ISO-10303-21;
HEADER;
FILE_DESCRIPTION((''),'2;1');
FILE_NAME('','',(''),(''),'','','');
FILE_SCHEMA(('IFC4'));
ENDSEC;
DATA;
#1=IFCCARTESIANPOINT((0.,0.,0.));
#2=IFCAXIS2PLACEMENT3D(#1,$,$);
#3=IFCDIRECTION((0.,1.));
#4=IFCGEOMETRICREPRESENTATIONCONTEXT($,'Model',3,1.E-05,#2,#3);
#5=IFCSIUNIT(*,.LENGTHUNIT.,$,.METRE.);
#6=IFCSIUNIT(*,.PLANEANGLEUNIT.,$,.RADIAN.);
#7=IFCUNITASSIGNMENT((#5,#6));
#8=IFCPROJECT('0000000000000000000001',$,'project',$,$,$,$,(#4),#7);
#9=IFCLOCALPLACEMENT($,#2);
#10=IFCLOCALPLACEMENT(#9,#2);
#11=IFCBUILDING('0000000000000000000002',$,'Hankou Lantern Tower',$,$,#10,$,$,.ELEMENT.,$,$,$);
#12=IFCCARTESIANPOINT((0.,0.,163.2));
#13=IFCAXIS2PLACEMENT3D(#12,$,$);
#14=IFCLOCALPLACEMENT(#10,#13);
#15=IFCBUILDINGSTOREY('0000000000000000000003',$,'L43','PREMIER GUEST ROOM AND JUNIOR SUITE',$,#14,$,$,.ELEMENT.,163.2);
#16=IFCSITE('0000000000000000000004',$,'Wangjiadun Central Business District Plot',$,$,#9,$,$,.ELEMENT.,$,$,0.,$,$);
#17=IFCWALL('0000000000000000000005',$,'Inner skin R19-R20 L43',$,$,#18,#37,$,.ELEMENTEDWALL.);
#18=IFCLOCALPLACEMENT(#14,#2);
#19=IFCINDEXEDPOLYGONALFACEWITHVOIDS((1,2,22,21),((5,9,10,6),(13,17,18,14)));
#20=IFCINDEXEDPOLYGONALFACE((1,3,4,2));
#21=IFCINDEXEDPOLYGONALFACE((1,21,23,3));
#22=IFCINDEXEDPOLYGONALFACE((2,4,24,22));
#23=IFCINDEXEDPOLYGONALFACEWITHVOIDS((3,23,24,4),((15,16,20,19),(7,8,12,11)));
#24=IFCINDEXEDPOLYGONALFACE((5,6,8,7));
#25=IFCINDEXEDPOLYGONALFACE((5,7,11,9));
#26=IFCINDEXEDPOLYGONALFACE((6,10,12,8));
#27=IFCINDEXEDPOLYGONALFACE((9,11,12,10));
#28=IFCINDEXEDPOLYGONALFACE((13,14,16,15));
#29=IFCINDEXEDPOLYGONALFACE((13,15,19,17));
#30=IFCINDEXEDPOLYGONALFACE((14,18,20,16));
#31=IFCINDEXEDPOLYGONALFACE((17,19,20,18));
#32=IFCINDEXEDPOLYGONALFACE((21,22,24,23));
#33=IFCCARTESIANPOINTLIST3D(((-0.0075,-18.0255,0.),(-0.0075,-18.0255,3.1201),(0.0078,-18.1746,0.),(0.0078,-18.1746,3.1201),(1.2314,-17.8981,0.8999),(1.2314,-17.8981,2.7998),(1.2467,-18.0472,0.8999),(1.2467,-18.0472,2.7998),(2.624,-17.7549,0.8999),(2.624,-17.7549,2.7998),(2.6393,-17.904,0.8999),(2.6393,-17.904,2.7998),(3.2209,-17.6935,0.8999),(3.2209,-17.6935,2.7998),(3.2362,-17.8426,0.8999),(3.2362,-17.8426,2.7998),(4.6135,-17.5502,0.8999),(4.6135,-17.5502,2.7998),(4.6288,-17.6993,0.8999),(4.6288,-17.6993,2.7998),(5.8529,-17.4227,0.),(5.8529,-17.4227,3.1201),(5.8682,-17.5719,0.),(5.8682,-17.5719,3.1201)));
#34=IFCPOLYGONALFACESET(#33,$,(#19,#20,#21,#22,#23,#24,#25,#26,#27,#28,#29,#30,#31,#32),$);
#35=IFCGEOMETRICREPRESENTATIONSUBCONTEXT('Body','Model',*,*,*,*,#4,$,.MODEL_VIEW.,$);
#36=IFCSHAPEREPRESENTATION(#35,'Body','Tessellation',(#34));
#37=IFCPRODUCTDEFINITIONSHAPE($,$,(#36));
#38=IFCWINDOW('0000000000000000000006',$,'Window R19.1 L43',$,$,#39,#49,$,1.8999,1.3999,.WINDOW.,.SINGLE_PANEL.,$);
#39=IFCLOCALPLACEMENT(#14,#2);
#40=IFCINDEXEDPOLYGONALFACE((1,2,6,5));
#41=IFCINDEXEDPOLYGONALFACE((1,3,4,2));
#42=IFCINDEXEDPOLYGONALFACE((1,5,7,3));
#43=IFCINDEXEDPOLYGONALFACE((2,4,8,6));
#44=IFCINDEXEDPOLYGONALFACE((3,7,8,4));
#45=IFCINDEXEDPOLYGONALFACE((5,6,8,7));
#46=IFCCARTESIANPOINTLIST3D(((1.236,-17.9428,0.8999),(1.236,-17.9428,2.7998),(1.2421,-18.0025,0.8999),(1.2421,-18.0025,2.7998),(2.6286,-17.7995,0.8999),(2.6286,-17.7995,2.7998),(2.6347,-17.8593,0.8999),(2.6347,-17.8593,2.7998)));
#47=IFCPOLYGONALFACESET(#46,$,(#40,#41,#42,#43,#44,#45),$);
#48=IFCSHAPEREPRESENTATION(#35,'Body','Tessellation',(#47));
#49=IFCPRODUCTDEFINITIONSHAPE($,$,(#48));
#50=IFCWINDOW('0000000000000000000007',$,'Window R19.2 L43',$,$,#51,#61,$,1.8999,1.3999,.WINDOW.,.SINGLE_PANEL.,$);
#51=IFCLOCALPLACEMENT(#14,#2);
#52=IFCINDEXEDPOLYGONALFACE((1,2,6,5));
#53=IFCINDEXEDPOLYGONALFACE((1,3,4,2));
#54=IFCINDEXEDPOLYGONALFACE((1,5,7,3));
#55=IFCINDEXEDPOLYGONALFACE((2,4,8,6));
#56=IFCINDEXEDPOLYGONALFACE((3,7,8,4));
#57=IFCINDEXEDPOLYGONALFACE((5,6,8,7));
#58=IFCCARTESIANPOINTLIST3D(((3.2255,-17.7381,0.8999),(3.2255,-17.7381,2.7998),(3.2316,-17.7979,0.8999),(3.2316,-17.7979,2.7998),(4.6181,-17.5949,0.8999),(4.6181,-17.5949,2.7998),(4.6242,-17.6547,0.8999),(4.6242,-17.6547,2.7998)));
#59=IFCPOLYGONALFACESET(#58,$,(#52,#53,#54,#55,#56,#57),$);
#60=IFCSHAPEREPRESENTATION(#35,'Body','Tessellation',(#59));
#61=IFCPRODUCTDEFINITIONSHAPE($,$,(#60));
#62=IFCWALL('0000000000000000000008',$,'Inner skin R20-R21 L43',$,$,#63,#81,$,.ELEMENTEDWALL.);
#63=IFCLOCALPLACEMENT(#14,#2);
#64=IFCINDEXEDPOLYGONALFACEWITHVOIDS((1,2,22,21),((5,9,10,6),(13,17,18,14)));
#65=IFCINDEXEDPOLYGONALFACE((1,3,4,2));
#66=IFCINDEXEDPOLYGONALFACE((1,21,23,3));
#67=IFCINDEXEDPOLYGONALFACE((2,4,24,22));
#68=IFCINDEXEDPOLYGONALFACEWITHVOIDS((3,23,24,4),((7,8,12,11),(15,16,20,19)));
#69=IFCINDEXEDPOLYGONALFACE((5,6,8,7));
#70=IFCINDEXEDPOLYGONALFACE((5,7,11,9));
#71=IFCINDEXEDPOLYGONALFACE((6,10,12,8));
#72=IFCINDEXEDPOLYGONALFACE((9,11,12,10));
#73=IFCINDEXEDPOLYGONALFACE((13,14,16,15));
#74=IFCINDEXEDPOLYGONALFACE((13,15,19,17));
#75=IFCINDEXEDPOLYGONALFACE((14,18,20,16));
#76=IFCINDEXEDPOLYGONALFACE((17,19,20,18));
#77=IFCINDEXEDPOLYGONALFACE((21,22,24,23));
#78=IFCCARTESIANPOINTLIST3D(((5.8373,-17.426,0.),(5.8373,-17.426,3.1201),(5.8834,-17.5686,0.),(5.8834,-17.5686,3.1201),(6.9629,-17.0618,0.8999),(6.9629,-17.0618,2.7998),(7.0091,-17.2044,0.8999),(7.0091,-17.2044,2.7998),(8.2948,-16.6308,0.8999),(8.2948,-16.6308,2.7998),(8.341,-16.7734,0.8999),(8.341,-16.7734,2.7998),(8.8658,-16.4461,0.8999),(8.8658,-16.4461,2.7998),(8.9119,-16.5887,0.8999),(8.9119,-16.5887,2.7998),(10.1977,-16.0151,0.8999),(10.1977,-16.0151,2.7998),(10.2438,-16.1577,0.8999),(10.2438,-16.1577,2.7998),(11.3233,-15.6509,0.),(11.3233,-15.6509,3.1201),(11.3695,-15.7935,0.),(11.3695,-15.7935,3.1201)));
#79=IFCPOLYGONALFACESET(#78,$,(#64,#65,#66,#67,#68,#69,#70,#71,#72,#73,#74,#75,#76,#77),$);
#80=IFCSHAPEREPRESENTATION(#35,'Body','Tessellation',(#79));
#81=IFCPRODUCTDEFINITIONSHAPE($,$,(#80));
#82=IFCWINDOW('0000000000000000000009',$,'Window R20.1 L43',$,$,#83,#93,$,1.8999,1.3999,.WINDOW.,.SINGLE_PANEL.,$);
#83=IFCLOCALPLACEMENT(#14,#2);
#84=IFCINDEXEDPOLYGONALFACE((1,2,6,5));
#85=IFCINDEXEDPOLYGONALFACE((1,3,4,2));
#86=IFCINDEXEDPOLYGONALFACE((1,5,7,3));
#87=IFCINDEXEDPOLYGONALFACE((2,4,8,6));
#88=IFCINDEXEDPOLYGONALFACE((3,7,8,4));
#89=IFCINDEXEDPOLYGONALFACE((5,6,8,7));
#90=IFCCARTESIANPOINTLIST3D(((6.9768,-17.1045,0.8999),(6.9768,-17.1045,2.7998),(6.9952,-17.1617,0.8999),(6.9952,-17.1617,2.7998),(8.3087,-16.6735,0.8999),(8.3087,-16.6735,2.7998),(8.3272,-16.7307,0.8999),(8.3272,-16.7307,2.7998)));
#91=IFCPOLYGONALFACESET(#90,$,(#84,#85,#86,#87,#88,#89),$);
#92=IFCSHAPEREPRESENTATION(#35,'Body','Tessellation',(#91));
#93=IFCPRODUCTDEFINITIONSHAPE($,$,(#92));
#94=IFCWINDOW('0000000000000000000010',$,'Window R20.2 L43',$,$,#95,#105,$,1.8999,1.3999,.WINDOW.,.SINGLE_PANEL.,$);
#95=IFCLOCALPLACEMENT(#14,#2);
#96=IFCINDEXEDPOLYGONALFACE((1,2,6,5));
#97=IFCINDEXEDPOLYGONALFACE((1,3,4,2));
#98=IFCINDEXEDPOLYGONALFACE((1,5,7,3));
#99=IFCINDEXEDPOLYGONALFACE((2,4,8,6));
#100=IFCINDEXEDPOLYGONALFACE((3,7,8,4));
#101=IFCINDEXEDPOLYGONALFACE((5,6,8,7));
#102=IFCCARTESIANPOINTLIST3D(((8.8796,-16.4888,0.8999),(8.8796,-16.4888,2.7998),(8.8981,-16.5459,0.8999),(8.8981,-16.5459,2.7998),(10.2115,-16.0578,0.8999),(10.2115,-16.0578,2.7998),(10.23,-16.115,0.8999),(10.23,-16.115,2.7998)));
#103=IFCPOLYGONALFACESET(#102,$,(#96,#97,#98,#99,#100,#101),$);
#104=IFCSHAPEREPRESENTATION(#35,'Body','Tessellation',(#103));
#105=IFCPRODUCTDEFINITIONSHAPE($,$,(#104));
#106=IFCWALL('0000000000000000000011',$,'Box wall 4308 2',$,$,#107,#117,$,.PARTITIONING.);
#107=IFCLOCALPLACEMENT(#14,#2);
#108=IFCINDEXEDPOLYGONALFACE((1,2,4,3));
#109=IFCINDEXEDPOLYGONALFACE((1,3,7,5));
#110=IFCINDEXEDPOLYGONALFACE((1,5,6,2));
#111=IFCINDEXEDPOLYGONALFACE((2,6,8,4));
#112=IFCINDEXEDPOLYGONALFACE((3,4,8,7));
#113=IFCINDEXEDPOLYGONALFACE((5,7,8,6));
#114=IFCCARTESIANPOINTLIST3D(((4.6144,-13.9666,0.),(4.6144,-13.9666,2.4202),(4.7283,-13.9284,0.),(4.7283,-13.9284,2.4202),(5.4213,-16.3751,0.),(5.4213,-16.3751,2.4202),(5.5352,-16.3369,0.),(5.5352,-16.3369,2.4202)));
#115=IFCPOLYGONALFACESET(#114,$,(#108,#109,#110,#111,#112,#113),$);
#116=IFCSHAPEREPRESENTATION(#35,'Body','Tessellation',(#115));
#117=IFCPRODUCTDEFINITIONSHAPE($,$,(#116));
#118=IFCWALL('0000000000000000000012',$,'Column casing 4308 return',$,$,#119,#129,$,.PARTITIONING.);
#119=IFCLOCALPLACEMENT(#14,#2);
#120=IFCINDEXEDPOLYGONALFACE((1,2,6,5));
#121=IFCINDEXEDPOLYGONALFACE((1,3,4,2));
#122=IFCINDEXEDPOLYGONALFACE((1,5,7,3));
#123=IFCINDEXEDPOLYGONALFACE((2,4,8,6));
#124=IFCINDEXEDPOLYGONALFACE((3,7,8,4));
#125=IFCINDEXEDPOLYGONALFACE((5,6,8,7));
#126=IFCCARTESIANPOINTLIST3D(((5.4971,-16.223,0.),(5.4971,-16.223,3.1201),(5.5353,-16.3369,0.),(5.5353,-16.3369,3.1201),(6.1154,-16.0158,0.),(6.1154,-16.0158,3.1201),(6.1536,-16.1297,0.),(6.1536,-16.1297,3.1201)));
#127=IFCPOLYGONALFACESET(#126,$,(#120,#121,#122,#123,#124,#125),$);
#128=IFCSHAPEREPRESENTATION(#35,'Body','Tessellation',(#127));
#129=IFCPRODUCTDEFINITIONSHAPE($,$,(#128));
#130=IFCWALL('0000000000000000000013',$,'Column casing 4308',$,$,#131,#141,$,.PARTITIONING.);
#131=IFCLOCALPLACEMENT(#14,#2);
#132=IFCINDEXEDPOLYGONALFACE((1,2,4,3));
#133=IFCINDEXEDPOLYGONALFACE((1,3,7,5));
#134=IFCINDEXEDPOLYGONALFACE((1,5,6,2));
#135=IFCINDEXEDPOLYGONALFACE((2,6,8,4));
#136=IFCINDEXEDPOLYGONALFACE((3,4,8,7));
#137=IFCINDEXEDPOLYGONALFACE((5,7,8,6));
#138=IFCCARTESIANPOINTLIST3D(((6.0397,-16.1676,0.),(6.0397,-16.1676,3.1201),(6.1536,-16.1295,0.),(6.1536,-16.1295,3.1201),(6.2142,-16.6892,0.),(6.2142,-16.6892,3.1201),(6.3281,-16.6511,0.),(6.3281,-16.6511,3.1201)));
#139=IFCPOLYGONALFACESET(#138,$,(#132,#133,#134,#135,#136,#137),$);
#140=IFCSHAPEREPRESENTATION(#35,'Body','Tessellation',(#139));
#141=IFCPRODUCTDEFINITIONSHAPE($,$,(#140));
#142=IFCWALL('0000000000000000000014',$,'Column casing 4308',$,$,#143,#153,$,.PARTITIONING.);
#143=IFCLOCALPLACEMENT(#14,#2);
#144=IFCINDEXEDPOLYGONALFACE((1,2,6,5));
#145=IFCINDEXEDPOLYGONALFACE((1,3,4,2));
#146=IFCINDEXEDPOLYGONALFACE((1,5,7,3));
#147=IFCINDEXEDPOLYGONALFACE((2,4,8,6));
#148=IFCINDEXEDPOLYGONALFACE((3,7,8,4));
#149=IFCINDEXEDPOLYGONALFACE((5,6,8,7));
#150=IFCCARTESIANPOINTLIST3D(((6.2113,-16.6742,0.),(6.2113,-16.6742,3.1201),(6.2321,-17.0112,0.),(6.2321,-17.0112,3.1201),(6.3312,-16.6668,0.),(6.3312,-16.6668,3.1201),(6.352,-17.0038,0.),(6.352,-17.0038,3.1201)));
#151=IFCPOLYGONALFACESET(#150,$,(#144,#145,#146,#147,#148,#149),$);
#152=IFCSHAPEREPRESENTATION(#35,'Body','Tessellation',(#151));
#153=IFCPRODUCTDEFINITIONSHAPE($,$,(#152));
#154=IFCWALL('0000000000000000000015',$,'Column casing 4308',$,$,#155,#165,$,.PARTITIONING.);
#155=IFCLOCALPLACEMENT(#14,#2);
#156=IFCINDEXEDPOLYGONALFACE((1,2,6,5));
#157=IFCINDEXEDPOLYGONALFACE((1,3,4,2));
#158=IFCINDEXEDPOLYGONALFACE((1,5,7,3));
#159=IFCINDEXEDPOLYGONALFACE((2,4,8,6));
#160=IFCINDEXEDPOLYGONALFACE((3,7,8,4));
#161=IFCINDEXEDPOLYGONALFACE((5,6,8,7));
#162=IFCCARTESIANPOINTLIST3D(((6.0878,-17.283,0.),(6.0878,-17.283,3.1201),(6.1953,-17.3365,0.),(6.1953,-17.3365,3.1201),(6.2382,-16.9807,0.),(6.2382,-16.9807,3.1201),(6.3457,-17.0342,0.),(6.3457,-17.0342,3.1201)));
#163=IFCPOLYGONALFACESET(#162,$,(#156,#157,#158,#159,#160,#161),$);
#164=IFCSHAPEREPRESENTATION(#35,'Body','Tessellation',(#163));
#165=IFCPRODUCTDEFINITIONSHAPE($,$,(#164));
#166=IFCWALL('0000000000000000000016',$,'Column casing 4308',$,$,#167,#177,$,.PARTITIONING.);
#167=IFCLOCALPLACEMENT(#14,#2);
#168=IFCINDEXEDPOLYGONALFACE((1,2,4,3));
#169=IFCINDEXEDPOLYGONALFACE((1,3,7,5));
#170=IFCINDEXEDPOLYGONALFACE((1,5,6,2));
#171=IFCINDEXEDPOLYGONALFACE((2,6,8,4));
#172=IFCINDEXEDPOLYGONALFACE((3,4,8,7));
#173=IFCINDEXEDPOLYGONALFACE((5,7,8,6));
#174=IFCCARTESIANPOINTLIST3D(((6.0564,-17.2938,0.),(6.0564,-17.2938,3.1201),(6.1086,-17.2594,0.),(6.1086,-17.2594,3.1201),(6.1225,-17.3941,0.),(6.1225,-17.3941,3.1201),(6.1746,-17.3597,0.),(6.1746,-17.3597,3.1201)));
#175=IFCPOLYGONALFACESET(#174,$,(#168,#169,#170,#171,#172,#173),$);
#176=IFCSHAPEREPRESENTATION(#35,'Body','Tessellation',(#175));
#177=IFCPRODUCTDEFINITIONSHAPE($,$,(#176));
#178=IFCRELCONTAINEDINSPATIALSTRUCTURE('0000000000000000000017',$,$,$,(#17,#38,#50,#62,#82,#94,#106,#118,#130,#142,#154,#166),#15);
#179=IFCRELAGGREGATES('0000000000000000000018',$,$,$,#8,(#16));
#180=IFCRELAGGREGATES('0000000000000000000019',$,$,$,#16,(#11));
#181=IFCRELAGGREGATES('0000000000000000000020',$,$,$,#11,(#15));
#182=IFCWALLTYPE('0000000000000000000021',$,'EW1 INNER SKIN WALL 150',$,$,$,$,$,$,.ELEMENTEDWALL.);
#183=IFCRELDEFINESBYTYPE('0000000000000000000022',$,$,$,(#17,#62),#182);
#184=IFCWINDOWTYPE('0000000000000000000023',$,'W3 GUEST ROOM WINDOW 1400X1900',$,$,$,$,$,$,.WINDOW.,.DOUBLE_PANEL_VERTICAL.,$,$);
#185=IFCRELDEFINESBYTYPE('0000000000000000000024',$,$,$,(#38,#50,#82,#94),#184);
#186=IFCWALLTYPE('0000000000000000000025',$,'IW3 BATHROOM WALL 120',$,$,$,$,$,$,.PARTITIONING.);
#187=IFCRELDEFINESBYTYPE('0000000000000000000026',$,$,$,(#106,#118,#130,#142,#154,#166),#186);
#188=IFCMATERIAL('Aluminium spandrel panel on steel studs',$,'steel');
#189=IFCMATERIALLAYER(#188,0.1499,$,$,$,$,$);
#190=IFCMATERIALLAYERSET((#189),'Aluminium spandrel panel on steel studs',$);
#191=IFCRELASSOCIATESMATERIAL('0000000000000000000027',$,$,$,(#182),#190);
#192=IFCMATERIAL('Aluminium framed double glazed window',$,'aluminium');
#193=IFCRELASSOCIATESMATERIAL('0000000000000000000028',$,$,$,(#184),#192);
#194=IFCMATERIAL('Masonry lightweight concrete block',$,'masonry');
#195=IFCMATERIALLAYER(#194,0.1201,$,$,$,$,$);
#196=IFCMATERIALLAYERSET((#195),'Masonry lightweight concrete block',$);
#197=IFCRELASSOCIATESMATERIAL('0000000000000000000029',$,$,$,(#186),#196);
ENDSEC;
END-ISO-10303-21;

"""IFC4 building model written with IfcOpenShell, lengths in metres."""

from ifc_helpers import new_model, si_unit, direction, frame, frame_2d, origin, place, context, subcontext, project, spatial, rectangle, extrude, material, layer, layer_set, type_object, element, fill, save


model = new_model("IFC4")

# Units and contexts
model_context = context("Model", 3, precision=1e-05, world=origin(), true_north=direction((0.0, 1.0)))
body_context = subcontext(model_context, "Body", "Model", "MODEL_VIEW")
ifc_project = project(units=[si_unit("LENGTHUNIT", "METRE"), si_unit("PLANEANGLEUNIT", "RADIAN")], contexts=[model_context])

# Site, building, storey
site_placement = place(None, origin())
site = spatial("IfcSite", under=ifc_project, at=site_placement, Name="Wangjiadun Central Business District Plot", CompositionType="ELEMENT", RefElevation=0.0)
building_placement = place(site_placement, origin())
building = spatial("IfcBuilding", under=site, at=building_placement, Name="Hankou Lantern Tower", CompositionType="ELEMENT")
storey_placement = place(building_placement, frame((0.0, 0.0, 163.2)))
storey = spatial("IfcBuildingStorey", under=building, at=storey_placement, Name="L43", Description="PREMIER GUEST ROOM AND JUNIOR SUITE", CompositionType="ELEMENT", Elevation=163.2)

# Walls, openings, windows
ifc_material_1 = material(Name="Aluminium spandrel panel on steel studs", Category="steel")
ifc_layer_1 = layer(ifc_material_1, 0.1499)
ifc_layer_set_1 = layer_set([ifc_layer_1], Name="Aluminium spandrel panel on steel studs")
wall_type_1 = type_object("IfcWallType", Name="EW1 INNER SKIN WALL 150", PredefinedType="ELEMENTEDWALL", material=ifc_layer_set_1)
wall_1_placement = place(storey_placement, frame((0.0, -18.1001, 0.0), z_axis=(0.0, 0.0, 1.0), x_axis=(0.994752, 0.102318, 0.0)))
wall_1 = element("IfcWall", 1, at=wall_1_placement, inside=storey, type_object=wall_type_1, Name="Inner skin R19-R20 L43", PredefinedType="ELEMENTEDWALL", context=body_context, shape_type="SweptSolid", body=[
    extrude(rectangle(XDim=5.8914, YDim=0.1499, at=frame_2d((2.9458, 0.0))), origin(), (0.0, 0.0, 1.0), 3.1201),
])
opening_1_placement = place(wall_1_placement, frame((1.2456, 0.0, 0.8999)))
opening_1 = element("IfcOpeningElement", 2, at=opening_1_placement, cuts=wall_1, PredefinedType="OPENING", context=body_context, shape_type="SweptSolid", body=[
    extrude(rectangle(XDim=1.3999, YDim=1.8999, at=frame_2d((0.7, 0.95))), frame((0.0, 0.085, 0.0), z_axis=(0.0, -1.0, 0.0), x_axis=(1.0, 0.0, 0.0)), (0.0, 0.0, 1.0), 0.1699),
])
opening_2_placement = place(wall_1_placement, frame((3.2456, 0.0, 0.8999)))
opening_2 = element("IfcOpeningElement", 3, at=opening_2_placement, cuts=wall_1, PredefinedType="OPENING", context=body_context, shape_type="SweptSolid", body=[
    extrude(rectangle(XDim=1.3999, YDim=1.8999, at=frame_2d((0.7, 0.95))), frame((0.0, 0.085, 0.0), z_axis=(0.0, -1.0, 0.0), x_axis=(1.0, 0.0, 0.0)), (0.0, 0.0, 1.0), 0.1699),
])
ifc_material_2 = material(Name="Aluminium framed double glazed window", Category="aluminium")
window_type = type_object("IfcWindowType", Name="W3 GUEST ROOM WINDOW 1400X1900", PartitioningType="DOUBLE_PANEL_VERTICAL", PredefinedType="WINDOW", material=ifc_material_2)
window_1_placement = place(opening_1_placement, origin())
window_1 = element("IfcWindow", 4, at=window_1_placement, inside=storey, type_object=window_type, Name="Window R19.1 L43", OverallHeight=1.8999, OverallWidth=1.3999, PartitioningType="SINGLE_PANEL", PredefinedType="WINDOW", context=body_context, shape_type="SweptSolid", body=[
    extrude(rectangle(XDim=1.3999, YDim=1.8999, at=frame_2d((0.7, 0.95))), frame((0.0, 0.03, 0.0), z_axis=(0.0, -1.0, 0.0), x_axis=(1.0, 0.0, 0.0)), (0.0, 0.0, 1.0), 0.0601),
])
fill(opening_1, window_1)
window_2_placement = place(opening_2_placement, origin())
window_2 = element("IfcWindow", 5, at=window_2_placement, inside=storey, type_object=window_type, Name="Window R19.2 L43", OverallHeight=1.8999, OverallWidth=1.3999, PartitioningType="SINGLE_PANEL", PredefinedType="WINDOW", context=body_context, shape_type="SweptSolid", body=[
    extrude(rectangle(XDim=1.3999, YDim=1.8999, at=frame_2d((0.7, 0.95))), frame((0.0, 0.03, 0.0), z_axis=(0.0, -1.0, 0.0), x_axis=(1.0, 0.0, 0.0)), (0.0, 0.0, 1.0), 0.0601),
])
fill(opening_2, window_2)
wall_2_placement = place(storey_placement, frame((5.8604, -17.4973, 0.0), z_axis=(0.0, 0.0, 1.0), x_axis=(0.951432, 0.307857, 0.0)))
wall_2 = element("IfcWall", 6, at=wall_2_placement, inside=storey, type_object=wall_type_1, Name="Inner skin R20-R21 L43", PredefinedType="ELEMENTEDWALL", context=body_context, shape_type="SweptSolid", body=[
    extrude(rectangle(XDim=5.7661, YDim=0.1499, at=frame_2d((2.8831, 0.0))), origin(), (0.0, 0.0, 1.0), 3.1201),
])
opening_3_placement = place(wall_2_placement, frame((1.1831, 0.0, 0.8999)))
opening_3 = element("IfcOpeningElement", 7, at=opening_3_placement, cuts=wall_2, PredefinedType="OPENING", context=body_context, shape_type="SweptSolid", body=[
    extrude(rectangle(XDim=1.3999, YDim=1.8999, at=frame_2d((0.7, 0.95))), frame((0.0, 0.085, 0.0), z_axis=(0.0, -1.0, 0.0), x_axis=(1.0, 0.0, 0.0)), (0.0, 0.0, 1.0), 0.1699),
])
opening_4_placement = place(wall_2_placement, frame((3.1831, 0.0, 0.8999)))
opening_4 = element("IfcOpeningElement", 8, at=opening_4_placement, cuts=wall_2, PredefinedType="OPENING", context=body_context, shape_type="SweptSolid", body=[
    extrude(rectangle(XDim=1.3999, YDim=1.8999, at=frame_2d((0.7, 0.95))), frame((0.0, 0.085, 0.0), z_axis=(0.0, -1.0, 0.0), x_axis=(1.0, 0.0, 0.0)), (0.0, 0.0, 1.0), 0.1699),
])
window_3_placement = place(opening_3_placement, origin())
window_3 = element("IfcWindow", 9, at=window_3_placement, inside=storey, type_object=window_type, Name="Window R20.1 L43", OverallHeight=1.8999, OverallWidth=1.3999, PartitioningType="SINGLE_PANEL", PredefinedType="WINDOW", context=body_context, shape_type="SweptSolid", body=[
    extrude(rectangle(XDim=1.3999, YDim=1.8999, at=frame_2d((0.7, 0.95))), frame((0.0, 0.03, 0.0), z_axis=(0.0, -1.0, 0.0), x_axis=(1.0, 0.0, 0.0)), (0.0, 0.0, 1.0), 0.0601),
])
fill(opening_3, window_3)
window_4_placement = place(opening_4_placement, origin())
window_4 = element("IfcWindow", 10, at=window_4_placement, inside=storey, type_object=window_type, Name="Window R20.2 L43", OverallHeight=1.8999, OverallWidth=1.3999, PartitioningType="SINGLE_PANEL", PredefinedType="WINDOW", context=body_context, shape_type="SweptSolid", body=[
    extrude(rectangle(XDim=1.3999, YDim=1.8999, at=frame_2d((0.7, 0.95))), frame((0.0, 0.03, 0.0), z_axis=(0.0, -1.0, 0.0), x_axis=(1.0, 0.0, 0.0)), (0.0, 0.0, 1.0), 0.0601),
])
fill(opening_4, window_4)

# Walls
ifc_material_3 = material(Name="Masonry lightweight concrete block", Category="masonry")
ifc_layer_2 = layer(ifc_material_3, 0.1201)
ifc_layer_set_2 = layer_set([ifc_layer_2], Name="Masonry lightweight concrete block")
wall_type_2 = type_object("IfcWallType", Name="IW3 BATHROOM WALL 120", PredefinedType="PARTITIONING", material=ifc_layer_set_2)
wall_3_placement = place(storey_placement, frame((4.6714, -13.9475, 0.0), z_axis=(0.0, 0.0, 1.0), x_axis=(0.317669, -0.948202, 0.0)))
element("IfcWall", 11, at=wall_3_placement, inside=storey, type_object=wall_type_2, Name="Box wall 4308 2", PredefinedType="PARTITIONING", context=body_context, shape_type="SweptSolid", body=[
    extrude(rectangle(XDim=2.54, YDim=0.1201, at=frame_2d((1.27, 0.0))), origin(), (0.0, 0.0, 1.0), 2.4202),
])
wall_4_placement = place(storey_placement, frame((5.5161, -16.28, 0.0), z_axis=(0.0, 0.0, 1.0), x_axis=(0.948158, 0.317799, 0.0)))
element("IfcWall", 12, at=wall_4_placement, inside=storey, type_object=wall_type_2, Name="Column casing 4308 return", PredefinedType="PARTITIONING", context=body_context, shape_type="SweptSolid", body=[
    extrude(rectangle(XDim=0.6521, YDim=0.1201, at=frame_2d((0.3262, 0.0))), origin(), (0.0, 0.0, 1.0), 3.1201),
])
wall_5_placement = place(storey_placement, frame((6.0967, -16.1487, 0.0), z_axis=(0.0, 0.0, 1.0), x_axis=(0.317293, -0.948328, 0.0)))
element("IfcWall", 13, at=wall_5_placement, inside=storey, type_object=wall_type_2, Name="Column casing 4308", PredefinedType="PARTITIONING", context=body_context, shape_type="SweptSolid", body=[
    extrude(rectangle(XDim=0.55, YDim=0.1201, at=frame_2d((0.2749, 0.0))), origin(), (0.0, 0.0, 1.0), 3.1201),
])
for number, where, z_axis, x_axis, name in (
    (14, (6.2712, -16.6704, 0.0), (0.0, 0.0, 1.0), (0.061478, -0.998108, 0.0), "Column casing 4308"),
    (15, (6.292, -17.0073, 0.0), (0.0, 0.0, 1.0), (-0.445477, -0.895293, 0.0), "Column casing 4308"),
):
    element("IfcWall", number, at=place(storey_placement, frame(where, z_axis=z_axis, x_axis=x_axis)), inside=storey, type_object=wall_type_2, Name=name, PredefinedType="PARTITIONING", context=body_context, shape_type="SweptSolid", body=[
        extrude(rectangle(XDim=0.3376, YDim=0.1201, at=frame_2d((0.1689, 0.0))), origin(), (0.0, 0.0, 1.0), 3.1201),
    ])
wall_6_placement = place(storey_placement, frame((6.1416, -17.3096, 0.0), z_axis=(0.0, 0.0, 1.0), x_axis=(-0.83504, -0.55019, 0.0)))
element("IfcWall", 16, at=wall_6_placement, inside=storey, type_object=wall_type_2, Name="Column casing 4308", PredefinedType="PARTITIONING", context=body_context, shape_type="SweptSolid", body=[
    extrude(rectangle(XDim=0.0625, YDim=0.1201, at=frame_2d((0.0312, 0.0))), origin(), (0.0, 0.0, 1.0), 3.1201),
])

save(model, "model.ifc")
